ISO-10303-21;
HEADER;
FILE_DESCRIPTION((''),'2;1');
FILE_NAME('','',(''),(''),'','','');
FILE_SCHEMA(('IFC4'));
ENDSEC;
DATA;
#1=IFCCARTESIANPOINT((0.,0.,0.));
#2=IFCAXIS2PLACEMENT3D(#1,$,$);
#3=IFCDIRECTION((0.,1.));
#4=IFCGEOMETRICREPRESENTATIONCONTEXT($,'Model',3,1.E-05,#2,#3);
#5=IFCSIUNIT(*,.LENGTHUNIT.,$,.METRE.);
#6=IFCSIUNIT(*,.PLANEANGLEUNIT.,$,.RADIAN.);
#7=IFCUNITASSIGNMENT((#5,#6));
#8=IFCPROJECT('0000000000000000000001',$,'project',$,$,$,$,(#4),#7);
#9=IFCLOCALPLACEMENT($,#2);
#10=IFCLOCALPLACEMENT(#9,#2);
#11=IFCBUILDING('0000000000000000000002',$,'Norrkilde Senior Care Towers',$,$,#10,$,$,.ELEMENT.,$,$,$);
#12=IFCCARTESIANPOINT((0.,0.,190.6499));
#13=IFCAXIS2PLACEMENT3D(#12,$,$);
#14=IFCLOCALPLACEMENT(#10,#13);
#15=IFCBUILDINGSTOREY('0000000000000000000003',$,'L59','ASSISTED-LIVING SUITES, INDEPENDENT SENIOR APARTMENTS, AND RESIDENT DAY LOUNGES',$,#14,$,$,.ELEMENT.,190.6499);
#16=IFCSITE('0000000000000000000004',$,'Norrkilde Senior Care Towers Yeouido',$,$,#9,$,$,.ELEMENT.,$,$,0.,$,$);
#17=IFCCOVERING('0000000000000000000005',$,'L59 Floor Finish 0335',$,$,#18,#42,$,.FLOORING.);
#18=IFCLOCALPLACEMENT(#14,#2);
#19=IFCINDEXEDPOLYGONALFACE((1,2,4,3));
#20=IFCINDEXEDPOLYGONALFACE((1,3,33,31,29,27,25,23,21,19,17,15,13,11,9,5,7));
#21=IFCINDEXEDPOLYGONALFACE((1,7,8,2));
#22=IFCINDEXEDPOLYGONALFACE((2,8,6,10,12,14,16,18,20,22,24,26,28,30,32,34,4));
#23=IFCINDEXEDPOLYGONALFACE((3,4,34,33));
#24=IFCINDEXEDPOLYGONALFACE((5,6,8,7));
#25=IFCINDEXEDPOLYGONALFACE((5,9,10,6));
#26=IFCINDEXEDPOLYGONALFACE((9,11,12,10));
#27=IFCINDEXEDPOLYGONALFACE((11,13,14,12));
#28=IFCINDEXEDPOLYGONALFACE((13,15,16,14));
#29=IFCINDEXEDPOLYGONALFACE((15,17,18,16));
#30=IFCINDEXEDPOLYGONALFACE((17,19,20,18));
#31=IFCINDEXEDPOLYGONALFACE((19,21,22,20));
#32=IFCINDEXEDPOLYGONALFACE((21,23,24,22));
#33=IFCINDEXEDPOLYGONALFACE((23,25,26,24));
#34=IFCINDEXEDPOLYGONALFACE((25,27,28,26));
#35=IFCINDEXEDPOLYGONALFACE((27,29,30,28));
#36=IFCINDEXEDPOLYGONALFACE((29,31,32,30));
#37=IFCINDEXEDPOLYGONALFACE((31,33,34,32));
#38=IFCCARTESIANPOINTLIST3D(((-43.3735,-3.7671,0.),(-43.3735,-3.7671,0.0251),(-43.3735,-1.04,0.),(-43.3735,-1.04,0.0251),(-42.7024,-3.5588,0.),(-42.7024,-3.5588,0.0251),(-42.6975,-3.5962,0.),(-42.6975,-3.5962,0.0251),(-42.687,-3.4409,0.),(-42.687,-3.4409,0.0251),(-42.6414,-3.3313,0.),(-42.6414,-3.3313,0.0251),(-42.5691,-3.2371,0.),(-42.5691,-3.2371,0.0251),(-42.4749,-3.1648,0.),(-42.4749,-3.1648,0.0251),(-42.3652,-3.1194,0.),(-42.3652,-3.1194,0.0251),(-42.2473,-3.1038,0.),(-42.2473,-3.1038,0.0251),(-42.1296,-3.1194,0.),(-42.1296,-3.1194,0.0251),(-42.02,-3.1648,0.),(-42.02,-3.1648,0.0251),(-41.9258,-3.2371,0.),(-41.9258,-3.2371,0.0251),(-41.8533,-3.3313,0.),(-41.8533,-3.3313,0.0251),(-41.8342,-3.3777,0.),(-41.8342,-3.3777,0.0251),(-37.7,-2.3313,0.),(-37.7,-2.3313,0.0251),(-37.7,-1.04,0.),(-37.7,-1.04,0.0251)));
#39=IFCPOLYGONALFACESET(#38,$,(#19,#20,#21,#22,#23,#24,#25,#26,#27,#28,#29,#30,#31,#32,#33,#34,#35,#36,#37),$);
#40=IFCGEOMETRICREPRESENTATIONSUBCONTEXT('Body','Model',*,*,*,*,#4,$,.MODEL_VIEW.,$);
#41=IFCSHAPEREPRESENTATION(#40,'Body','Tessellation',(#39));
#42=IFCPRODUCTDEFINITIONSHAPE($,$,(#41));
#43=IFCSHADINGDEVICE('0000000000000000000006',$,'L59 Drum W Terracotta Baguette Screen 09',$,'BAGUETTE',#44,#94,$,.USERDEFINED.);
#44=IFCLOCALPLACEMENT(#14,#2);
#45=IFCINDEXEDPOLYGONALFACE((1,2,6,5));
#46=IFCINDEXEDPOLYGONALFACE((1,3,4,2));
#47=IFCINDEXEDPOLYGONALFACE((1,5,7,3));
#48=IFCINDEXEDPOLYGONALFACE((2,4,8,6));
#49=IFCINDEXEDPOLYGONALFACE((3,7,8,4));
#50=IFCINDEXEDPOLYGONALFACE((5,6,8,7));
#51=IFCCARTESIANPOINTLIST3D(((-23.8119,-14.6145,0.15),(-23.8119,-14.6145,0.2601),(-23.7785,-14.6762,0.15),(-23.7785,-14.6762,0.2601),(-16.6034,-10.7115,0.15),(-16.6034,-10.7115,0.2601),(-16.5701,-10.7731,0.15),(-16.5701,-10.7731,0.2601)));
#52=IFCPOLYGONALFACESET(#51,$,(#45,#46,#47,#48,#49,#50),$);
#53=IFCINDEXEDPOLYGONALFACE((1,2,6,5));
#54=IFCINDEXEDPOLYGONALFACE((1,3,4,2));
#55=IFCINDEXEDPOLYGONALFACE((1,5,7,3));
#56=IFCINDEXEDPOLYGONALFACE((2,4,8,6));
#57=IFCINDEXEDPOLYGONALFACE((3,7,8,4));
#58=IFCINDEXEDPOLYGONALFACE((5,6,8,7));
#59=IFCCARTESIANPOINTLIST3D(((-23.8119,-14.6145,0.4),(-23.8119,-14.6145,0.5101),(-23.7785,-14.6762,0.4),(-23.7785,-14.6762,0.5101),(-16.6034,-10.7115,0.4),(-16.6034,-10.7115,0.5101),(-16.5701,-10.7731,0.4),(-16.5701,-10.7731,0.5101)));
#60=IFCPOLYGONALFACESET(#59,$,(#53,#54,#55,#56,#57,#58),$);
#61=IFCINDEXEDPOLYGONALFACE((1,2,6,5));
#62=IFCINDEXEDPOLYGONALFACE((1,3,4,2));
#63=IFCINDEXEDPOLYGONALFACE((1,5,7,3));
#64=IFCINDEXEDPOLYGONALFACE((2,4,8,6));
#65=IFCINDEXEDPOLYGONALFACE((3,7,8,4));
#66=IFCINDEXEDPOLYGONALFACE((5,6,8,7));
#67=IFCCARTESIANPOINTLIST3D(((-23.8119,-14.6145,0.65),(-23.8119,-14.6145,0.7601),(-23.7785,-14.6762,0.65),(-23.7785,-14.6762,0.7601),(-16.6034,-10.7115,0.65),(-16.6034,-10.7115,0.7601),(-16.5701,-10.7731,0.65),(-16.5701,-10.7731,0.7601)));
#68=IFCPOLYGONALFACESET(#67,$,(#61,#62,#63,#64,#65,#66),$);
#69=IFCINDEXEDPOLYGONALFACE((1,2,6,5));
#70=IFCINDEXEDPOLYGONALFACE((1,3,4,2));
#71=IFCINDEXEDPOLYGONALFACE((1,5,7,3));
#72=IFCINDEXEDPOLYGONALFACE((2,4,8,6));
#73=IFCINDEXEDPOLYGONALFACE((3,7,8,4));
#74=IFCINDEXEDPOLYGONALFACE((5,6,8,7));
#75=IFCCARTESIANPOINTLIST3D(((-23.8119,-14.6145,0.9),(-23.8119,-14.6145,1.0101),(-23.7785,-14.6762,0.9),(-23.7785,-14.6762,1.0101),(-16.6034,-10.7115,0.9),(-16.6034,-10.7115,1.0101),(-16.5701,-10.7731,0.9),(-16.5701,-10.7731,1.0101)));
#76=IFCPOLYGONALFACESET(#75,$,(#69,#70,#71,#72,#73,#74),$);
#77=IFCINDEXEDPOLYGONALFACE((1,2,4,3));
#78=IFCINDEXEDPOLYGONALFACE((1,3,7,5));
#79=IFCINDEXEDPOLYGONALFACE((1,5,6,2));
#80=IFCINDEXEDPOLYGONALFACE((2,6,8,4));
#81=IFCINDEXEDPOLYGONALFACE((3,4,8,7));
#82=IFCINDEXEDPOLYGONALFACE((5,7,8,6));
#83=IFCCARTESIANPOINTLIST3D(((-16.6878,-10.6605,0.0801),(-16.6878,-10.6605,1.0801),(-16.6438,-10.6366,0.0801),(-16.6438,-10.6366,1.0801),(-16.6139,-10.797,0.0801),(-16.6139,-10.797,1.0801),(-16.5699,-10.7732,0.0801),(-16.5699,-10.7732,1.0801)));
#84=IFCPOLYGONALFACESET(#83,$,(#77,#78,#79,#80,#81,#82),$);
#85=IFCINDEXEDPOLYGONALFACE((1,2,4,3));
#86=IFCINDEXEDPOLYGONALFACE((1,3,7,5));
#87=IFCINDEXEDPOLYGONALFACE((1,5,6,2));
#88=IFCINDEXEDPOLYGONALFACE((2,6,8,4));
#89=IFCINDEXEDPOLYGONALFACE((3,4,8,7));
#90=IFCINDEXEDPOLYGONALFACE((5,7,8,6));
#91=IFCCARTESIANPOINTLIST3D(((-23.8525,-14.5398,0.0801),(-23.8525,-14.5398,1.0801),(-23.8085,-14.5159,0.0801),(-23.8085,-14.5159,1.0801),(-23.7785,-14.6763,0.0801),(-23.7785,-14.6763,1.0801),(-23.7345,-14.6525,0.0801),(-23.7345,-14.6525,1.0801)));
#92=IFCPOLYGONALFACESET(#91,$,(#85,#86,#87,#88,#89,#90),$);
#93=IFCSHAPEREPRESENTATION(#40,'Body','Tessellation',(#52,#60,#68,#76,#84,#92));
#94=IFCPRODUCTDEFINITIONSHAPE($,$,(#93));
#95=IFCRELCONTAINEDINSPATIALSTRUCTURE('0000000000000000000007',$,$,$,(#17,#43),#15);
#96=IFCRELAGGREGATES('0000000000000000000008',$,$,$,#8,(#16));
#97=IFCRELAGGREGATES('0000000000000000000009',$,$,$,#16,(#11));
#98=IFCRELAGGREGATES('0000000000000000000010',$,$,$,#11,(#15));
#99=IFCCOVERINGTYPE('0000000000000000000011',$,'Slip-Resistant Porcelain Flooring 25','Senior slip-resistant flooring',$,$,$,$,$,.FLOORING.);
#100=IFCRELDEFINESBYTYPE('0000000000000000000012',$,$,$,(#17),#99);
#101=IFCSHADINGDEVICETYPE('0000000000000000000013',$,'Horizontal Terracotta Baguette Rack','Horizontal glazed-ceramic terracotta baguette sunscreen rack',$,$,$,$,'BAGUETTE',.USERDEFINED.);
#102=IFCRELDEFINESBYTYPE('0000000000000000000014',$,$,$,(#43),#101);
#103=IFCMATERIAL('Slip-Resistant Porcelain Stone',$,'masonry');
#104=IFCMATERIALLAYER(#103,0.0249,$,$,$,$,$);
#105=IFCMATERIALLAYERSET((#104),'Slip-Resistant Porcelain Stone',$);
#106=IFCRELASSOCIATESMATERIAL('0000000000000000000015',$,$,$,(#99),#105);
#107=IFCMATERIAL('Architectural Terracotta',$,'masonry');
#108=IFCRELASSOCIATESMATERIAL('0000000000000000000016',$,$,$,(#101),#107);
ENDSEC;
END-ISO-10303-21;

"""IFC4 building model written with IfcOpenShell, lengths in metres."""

from ifc_helpers import new_model, si_unit, direction, frame, origin, origin_2d, place, context, subcontext, project, spatial, polyline, rectangle, outline, extrude, source, transform, mapped, material, layer, layer_set, type_object, type_shapes, element, save


model = new_model("IFC4")

# Units and contexts
model_context = context("Model", 3, precision=1e-05, world=origin(), true_north=direction((0.0, 1.0)))
body_context = subcontext(model_context, "Body", "Model", "MODEL_VIEW")
ifc_project = project(units=[si_unit("LENGTHUNIT", "METRE"), si_unit("PLANEANGLEUNIT", "RADIAN")], contexts=[model_context])

# Site, building, storey
site_placement = place(None, origin())
site = spatial("IfcSite", under=ifc_project, at=site_placement, Name="Norrkilde Senior Care Towers Yeouido", CompositionType="ELEMENT", RefElevation=0.0)
building_placement = place(site_placement, origin())
building = spatial("IfcBuilding", under=site, at=building_placement, Name="Norrkilde Senior Care Towers", CompositionType="ELEMENT")
storey_placement = place(building_placement, frame((0.0, 0.0, 190.6499)))
storey = spatial("IfcBuildingStorey", under=building, at=storey_placement, Name="L59", Description="ASSISTED-LIVING SUITES, INDEPENDENT SENIOR APARTMENTS, AND RESIDENT DAY LOUNGES", CompositionType="ELEMENT", Elevation=190.6499)

# Covering
ifc_material_1 = material(Name="Slip-Resistant Porcelain Stone", Category="masonry")
ifc_layer_1 = layer(ifc_material_1, 0.0249)
ifc_layer_set_1 = layer_set([ifc_layer_1], Name="Slip-Resistant Porcelain Stone")
covering_type_1 = type_object("IfcCoveringType", Name="Slip-Resistant Porcelain Flooring 25", Description="Senior slip-resistant flooring", PredefinedType="FLOORING", material=ifc_layer_set_1)
covering_1_placement = place(storey_placement, origin())
element("IfcCovering", 1, at=covering_1_placement, inside=storey, type_object=covering_type_1, Name="L59 Floor Finish 0335", PredefinedType="FLOORING", context=body_context, shape_type="SweptSolid", body=[
    extrude(outline(polyline([(-37.7, -1.04), (-37.7, -2.3313), (-41.8342, -3.3777), (-41.8533, -3.3313), (-41.9258, -3.2371), (-42.02, -3.1648), (-42.1296, -3.1194), (-42.2473, -3.1038), (-42.3652, -3.1194), (-42.4749, -3.1648), (-42.5691, -3.2371), (-42.6414, -3.3313), (-42.687, -3.4409), (-42.7024, -3.5588), (-42.6975, -3.5962), (-43.3735, -3.7671), (-43.3735, -1.04), (-37.7, -1.04)])), origin(), (0.0, 0.0, 1.0), 0.0251),
])

# Shading device
ifc_material_2 = material(Name="Architectural Terracotta", Category="masonry")
shading_device_type = type_object("IfcShadingDeviceType", Name="Horizontal Terracotta Baguette Rack", Description="Horizontal glazed-ceramic terracotta baguette sunscreen rack", ElementType="BAGUETTE", PredefinedType="USERDEFINED", material=ifc_material_2)
shared_shape_1 = source(origin(), body_context, "Body", "SweptSolid", [
    extrude(rectangle(XDim=0.0701, YDim=0.1101, at=origin_2d()), frame((0.0, 0.0901, 0.125), z_axis=(1.0, 0.0, 0.0), x_axis=(0.0, 1.0, 0.0)), (0.0, 0.0, 1.0), 8.1973),
    extrude(rectangle(XDim=0.0701, YDim=0.1101, at=origin_2d()), frame((0.0, 0.0901, 0.375), z_axis=(1.0, 0.0, 0.0), x_axis=(0.0, 1.0, 0.0)), (0.0, 0.0, 1.0), 8.1973),
    extrude(rectangle(XDim=0.0701, YDim=0.1101, at=origin_2d()), frame((0.0, 0.0901, 0.625), z_axis=(1.0, 0.0, 0.0), x_axis=(0.0, 1.0, 0.0)), (0.0, 0.0, 1.0), 8.1973),
    extrude(rectangle(XDim=0.0701, YDim=0.1101, at=origin_2d()), frame((0.0, 0.0901, 0.875), z_axis=(1.0, 0.0, 0.0), x_axis=(0.0, 1.0, 0.0)), (0.0, 0.0, 1.0), 8.1973),
    extrude(rectangle(XDim=0.05, YDim=0.1553, at=origin_2d()), frame((0.0249, 0.0476, 0.0)), (0.0, 0.0, 1.0), 1.0),
    extrude(rectangle(XDim=0.05, YDim=0.1553, at=origin_2d()), frame((8.1724, 0.0476, 0.0)), (0.0, 0.0, 1.0), 1.0),
])
type_shapes(shading_device_type, [shared_shape_1])
shading_device_placement = place(storey_placement, frame((-16.6296, -10.6631, 0.0801), z_axis=(0.0, 0.0, 1.0), x_axis=(-0.879378, -0.476144, 0.0)))
element("IfcShadingDevice", 2, at=shading_device_placement, inside=storey, type_object=shading_device_type, Name="L59 Drum W Terracotta Baguette Screen 09", ObjectType="BAGUETTE", PredefinedType="USERDEFINED", context=body_context, shape_type="MappedRepresentation", body=[
    mapped(shared_shape_1, transform((0.0, 0.0, 0.0), x_axis=(1.0, 0.0, 0.0), y_axis=(0.0, 1.0, 0.0), z_axis=(0.0, 0.0, 1.0), scale=1.0)),
])

save(model, "model.ifc")
